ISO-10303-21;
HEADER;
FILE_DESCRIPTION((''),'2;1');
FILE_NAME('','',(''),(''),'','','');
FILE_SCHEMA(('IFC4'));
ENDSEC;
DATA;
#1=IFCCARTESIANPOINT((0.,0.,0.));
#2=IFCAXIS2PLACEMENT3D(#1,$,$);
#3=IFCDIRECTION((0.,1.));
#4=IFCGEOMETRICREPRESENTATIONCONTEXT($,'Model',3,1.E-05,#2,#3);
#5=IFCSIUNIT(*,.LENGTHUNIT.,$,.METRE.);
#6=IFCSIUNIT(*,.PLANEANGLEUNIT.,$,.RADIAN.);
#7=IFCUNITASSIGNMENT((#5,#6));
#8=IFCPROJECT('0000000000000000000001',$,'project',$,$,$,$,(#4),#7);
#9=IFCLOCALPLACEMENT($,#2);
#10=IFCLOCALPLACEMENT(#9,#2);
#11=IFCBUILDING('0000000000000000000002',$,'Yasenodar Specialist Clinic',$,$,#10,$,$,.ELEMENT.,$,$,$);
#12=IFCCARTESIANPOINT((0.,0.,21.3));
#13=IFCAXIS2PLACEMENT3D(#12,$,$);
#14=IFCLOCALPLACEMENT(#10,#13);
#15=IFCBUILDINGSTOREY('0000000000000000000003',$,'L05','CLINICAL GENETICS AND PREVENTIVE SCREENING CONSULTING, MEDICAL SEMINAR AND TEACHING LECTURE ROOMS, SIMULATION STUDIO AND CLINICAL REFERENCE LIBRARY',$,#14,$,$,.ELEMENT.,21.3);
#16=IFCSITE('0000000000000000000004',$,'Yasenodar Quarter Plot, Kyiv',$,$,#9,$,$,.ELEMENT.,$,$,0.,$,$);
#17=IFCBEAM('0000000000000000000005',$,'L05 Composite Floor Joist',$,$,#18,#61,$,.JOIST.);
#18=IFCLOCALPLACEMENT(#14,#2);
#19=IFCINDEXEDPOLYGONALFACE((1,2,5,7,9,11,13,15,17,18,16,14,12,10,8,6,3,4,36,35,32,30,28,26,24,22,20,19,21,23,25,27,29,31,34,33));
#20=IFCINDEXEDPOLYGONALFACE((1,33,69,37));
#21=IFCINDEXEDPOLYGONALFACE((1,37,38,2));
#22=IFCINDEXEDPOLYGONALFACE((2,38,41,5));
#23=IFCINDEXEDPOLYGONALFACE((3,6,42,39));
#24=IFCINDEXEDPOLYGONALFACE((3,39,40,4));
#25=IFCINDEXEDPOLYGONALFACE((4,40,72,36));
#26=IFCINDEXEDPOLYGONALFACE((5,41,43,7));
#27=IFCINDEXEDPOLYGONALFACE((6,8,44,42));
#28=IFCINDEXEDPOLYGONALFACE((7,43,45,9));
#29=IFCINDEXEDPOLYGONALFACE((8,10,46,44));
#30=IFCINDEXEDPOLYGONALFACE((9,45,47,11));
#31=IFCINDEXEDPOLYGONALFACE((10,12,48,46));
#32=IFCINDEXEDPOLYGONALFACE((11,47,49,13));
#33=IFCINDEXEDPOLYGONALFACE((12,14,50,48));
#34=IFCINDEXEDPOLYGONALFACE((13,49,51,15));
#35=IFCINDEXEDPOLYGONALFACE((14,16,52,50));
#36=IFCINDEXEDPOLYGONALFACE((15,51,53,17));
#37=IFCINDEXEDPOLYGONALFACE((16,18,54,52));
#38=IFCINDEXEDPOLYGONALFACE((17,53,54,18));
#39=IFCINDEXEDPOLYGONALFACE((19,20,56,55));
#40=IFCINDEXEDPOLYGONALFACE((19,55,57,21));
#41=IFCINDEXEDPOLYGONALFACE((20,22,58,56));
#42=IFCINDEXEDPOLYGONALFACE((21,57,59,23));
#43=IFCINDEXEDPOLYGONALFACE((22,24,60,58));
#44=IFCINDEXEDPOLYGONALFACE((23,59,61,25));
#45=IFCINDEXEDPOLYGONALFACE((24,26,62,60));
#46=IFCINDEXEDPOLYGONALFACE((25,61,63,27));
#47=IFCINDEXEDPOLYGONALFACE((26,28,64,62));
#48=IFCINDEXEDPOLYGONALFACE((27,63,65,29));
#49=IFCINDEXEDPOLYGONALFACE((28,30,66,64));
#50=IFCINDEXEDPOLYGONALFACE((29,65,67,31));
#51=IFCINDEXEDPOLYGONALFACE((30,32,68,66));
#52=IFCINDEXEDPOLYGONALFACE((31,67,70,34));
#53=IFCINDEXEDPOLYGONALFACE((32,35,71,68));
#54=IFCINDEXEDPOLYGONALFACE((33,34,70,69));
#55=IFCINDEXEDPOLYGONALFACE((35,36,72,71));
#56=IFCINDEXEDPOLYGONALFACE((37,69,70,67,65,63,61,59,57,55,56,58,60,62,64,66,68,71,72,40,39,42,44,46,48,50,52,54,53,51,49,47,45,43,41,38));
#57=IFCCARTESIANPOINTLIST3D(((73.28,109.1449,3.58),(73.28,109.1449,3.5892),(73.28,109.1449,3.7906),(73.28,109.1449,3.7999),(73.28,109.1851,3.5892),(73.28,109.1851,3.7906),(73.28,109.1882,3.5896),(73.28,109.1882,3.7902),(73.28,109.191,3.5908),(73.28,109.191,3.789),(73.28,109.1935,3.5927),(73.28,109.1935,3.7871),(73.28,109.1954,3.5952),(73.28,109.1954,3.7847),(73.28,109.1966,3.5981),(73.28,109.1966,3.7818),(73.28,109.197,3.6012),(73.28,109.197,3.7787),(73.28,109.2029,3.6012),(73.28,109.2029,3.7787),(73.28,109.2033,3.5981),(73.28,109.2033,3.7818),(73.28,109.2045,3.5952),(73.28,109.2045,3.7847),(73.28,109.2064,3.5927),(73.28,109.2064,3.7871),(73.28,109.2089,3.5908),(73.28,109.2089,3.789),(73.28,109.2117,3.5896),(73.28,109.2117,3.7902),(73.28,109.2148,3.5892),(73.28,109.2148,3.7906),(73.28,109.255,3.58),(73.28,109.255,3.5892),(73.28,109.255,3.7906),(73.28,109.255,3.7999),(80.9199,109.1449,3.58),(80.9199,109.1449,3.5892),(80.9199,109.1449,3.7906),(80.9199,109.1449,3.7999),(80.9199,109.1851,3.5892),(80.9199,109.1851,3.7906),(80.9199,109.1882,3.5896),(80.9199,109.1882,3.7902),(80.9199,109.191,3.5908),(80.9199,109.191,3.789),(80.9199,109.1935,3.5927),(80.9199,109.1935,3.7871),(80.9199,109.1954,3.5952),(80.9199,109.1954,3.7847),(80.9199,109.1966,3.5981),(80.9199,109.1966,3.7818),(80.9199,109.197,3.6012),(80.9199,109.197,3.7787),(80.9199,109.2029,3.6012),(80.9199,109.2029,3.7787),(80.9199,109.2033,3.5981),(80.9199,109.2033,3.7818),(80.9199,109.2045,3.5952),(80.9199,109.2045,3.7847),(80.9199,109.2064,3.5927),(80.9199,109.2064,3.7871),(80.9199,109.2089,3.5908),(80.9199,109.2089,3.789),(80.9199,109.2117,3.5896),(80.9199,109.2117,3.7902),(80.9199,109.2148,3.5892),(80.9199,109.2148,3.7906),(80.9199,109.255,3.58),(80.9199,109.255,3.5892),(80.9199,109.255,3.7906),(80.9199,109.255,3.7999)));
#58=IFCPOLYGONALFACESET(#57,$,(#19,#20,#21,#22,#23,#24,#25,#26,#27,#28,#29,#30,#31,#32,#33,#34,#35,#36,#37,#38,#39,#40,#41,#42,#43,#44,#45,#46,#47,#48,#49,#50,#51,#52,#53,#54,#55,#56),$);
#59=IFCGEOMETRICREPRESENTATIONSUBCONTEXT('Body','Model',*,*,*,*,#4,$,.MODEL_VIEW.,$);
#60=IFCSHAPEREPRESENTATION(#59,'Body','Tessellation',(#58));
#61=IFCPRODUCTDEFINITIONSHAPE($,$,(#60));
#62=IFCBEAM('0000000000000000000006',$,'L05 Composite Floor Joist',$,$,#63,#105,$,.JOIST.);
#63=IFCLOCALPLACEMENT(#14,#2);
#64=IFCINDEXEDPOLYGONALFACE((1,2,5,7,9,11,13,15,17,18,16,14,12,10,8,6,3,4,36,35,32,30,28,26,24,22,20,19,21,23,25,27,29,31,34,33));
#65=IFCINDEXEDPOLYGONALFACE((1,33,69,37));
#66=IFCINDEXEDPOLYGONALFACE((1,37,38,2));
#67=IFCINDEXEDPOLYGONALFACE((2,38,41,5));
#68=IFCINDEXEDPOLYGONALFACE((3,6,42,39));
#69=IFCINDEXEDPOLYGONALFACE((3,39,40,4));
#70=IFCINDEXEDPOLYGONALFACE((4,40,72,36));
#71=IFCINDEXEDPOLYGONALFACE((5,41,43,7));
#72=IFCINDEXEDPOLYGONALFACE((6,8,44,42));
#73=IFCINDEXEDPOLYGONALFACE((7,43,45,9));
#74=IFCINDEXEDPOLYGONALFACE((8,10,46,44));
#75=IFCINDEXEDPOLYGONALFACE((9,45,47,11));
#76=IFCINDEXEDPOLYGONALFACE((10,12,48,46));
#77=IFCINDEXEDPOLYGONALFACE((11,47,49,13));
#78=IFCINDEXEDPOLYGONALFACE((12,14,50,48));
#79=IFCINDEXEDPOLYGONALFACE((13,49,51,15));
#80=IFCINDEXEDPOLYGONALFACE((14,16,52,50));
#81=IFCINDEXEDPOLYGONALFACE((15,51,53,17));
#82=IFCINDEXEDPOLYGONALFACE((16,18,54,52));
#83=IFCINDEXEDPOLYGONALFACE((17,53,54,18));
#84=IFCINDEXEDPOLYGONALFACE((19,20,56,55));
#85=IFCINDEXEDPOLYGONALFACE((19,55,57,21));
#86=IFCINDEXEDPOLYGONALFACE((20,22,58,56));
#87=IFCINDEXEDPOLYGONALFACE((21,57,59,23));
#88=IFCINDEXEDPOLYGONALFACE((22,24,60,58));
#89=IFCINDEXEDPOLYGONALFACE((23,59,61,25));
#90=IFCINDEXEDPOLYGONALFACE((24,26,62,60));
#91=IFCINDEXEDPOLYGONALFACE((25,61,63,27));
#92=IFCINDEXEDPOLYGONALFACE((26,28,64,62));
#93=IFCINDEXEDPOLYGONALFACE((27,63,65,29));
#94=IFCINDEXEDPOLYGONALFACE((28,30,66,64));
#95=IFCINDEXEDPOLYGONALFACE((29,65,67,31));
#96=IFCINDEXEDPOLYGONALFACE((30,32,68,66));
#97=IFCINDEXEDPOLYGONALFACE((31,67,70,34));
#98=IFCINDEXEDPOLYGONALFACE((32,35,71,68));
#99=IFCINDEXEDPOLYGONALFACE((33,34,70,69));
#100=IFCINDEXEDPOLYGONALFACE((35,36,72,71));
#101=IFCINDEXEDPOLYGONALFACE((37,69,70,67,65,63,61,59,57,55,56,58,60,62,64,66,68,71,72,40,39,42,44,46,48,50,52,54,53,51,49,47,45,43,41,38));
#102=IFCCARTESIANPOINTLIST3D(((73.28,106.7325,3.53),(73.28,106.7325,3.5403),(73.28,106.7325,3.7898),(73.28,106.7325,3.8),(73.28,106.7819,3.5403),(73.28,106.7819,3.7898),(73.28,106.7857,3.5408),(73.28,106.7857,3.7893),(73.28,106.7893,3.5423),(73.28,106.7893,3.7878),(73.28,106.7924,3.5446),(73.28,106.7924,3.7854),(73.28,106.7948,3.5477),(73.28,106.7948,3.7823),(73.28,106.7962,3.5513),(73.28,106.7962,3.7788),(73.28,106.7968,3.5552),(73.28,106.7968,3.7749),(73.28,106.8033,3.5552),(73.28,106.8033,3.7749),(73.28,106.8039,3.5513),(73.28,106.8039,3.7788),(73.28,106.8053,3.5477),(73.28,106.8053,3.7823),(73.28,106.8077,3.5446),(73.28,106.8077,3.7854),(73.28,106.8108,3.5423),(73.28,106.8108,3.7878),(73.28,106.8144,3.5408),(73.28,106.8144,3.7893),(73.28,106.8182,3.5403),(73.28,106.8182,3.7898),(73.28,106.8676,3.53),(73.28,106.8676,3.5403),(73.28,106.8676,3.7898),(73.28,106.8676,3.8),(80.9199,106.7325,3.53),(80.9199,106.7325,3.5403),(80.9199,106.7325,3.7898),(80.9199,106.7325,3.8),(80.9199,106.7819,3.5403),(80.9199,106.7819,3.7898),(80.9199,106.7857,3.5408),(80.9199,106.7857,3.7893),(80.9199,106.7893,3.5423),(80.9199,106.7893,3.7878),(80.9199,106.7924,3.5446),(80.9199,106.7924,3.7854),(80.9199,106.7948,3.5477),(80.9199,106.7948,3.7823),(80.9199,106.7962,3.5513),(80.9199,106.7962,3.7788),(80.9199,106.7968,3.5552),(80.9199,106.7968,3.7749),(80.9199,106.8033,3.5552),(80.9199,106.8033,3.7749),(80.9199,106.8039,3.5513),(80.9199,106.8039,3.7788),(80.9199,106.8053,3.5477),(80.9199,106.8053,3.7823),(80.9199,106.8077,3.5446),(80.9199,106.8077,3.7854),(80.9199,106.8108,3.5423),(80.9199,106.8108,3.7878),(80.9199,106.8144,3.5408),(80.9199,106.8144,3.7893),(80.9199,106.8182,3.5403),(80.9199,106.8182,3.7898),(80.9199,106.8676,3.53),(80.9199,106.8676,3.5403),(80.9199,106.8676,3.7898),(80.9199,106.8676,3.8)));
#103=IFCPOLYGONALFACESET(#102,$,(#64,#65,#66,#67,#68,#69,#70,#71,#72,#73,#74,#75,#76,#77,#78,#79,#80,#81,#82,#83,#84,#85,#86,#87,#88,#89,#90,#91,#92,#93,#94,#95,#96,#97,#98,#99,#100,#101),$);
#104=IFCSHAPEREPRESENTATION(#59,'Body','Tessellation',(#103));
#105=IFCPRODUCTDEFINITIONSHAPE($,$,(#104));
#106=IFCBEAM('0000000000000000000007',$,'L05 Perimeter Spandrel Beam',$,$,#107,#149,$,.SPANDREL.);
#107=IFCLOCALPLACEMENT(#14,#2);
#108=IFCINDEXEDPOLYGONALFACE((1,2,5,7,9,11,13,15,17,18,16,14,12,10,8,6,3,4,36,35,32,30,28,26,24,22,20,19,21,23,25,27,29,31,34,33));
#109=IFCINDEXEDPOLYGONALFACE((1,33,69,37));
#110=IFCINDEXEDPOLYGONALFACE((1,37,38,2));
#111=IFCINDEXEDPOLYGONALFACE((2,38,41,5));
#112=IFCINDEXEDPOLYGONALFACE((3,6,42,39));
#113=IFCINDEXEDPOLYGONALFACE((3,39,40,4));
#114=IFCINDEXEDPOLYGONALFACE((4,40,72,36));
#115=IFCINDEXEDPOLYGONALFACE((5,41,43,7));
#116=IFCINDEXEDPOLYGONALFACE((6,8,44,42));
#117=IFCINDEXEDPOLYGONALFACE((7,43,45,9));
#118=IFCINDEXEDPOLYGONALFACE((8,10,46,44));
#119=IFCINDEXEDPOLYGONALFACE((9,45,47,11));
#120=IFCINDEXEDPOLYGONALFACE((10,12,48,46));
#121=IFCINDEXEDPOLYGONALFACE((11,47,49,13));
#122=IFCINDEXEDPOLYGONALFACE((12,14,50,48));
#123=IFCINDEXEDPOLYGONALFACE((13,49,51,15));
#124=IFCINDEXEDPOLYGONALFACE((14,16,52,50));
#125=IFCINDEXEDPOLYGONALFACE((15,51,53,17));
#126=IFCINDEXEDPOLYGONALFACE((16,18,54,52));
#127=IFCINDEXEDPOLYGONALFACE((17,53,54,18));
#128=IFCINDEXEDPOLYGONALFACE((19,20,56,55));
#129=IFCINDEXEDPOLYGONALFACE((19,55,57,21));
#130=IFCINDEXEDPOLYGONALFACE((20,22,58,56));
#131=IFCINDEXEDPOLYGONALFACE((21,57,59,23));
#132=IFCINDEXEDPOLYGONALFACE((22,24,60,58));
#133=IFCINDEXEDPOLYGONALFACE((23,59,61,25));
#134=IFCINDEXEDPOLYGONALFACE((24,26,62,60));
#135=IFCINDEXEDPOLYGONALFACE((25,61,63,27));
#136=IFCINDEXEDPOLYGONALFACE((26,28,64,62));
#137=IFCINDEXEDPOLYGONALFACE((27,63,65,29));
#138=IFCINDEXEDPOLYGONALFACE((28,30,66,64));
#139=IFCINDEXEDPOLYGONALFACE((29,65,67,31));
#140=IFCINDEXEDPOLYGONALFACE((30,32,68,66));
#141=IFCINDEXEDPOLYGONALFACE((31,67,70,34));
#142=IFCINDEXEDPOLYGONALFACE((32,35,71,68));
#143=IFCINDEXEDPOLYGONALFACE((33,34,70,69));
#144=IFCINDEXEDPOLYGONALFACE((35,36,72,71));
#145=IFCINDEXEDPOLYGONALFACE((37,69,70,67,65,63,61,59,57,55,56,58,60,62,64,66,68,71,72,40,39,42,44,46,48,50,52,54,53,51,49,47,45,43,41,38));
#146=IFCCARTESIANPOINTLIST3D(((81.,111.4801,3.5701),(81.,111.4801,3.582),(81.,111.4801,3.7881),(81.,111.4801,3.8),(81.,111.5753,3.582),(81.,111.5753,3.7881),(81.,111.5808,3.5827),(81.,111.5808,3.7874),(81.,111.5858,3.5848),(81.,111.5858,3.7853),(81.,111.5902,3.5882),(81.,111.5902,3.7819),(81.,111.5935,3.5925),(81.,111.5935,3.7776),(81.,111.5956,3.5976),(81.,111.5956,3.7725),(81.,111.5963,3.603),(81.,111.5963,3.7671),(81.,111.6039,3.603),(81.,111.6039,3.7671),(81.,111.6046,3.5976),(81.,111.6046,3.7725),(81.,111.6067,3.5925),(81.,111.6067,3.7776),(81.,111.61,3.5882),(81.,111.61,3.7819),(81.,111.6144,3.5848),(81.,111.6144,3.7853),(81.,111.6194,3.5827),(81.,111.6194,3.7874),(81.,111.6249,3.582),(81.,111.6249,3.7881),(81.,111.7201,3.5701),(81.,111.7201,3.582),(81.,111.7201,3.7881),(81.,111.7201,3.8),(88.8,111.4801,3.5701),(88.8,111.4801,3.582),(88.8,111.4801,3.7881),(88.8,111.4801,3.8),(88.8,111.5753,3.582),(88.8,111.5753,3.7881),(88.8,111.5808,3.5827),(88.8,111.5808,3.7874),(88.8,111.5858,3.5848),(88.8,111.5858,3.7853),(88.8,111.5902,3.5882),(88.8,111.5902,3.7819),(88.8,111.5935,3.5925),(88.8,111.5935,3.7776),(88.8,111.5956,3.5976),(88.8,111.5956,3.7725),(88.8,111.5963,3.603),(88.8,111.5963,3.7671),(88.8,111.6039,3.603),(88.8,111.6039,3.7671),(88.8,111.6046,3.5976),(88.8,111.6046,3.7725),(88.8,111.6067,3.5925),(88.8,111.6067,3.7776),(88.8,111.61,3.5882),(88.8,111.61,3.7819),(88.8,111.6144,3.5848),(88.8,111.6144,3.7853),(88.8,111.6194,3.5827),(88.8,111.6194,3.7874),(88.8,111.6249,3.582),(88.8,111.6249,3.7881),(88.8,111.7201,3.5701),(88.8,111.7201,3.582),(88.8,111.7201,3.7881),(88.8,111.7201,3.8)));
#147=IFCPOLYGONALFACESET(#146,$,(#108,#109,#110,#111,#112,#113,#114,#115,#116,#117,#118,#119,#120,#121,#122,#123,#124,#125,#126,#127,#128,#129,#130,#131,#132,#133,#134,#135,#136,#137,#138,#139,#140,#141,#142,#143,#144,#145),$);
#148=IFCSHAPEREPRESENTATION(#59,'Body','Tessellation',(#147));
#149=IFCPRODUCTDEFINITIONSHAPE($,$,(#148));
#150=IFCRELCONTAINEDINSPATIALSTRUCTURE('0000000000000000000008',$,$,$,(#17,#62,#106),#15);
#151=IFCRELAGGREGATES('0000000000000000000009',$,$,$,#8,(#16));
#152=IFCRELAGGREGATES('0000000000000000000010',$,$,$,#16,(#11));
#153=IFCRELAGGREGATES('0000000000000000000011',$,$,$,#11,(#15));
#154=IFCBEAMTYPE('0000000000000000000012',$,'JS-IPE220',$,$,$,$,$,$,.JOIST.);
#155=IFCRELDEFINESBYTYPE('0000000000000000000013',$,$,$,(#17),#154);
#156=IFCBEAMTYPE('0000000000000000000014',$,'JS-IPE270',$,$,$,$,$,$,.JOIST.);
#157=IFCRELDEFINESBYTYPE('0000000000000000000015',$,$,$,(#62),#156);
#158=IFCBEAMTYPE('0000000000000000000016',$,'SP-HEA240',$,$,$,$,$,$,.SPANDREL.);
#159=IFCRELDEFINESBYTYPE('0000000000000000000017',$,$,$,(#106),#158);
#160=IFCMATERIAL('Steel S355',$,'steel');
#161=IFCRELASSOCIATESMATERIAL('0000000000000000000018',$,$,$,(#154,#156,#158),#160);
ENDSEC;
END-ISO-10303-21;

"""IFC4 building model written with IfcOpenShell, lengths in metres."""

from ifc_helpers import new_model, si_unit, direction, frame, origin, origin_2d, place, context, subcontext, project, spatial, i_section, extrude, material, material_profile, profile_set, type_object, element, save


model = new_model("IFC4")

# Units and contexts
model_context = context("Model", 3, precision=1e-05, world=origin(), true_north=direction((0.0, 1.0)))
body_context = subcontext(model_context, "Body", "Model", "MODEL_VIEW")
ifc_project = project(units=[si_unit("LENGTHUNIT", "METRE"), si_unit("PLANEANGLEUNIT", "RADIAN")], contexts=[model_context])

# Site, building, storey
site_placement = place(None, origin())
site = spatial("IfcSite", under=ifc_project, at=site_placement, Name="Yasenodar Quarter Plot, Kyiv", CompositionType="ELEMENT", RefElevation=0.0)
building_placement = place(site_placement, origin())
building = spatial("IfcBuilding", under=site, at=building_placement, Name="Yasenodar Specialist Clinic", CompositionType="ELEMENT")
storey_placement = place(building_placement, frame((0.0, 0.0, 21.3)))
storey = spatial("IfcBuildingStorey", under=building, at=storey_placement, Name="L05", Description="CLINICAL GENETICS AND PREVENTIVE SCREENING CONSULTING, MEDICAL SEMINAR AND TEACHING LECTURE ROOMS, SIMULATION STUDIO AND CLINICAL REFERENCE LIBRARY", CompositionType="ELEMENT", Elevation=21.3)

# Shared definitions
ifc_material_1 = material(Name="Steel S355", Category="steel")

# Beams
ifc_material_profile_1 = material_profile(ifc_material_1, i_section(OverallWidth=0.1101, OverallDepth=0.22, WebThickness=0.0059, FlangeThickness=0.0093, FilletRadius=0.012, at=origin_2d()), Name="IPE 220")
ifc_profile_set_1 = profile_set([ifc_material_profile_1], Name="Steel S355")
beam_type_1 = type_object("IfcBeamType", Name="JS-IPE220", PredefinedType="JOIST", material=ifc_profile_set_1)
beam_1_placement = place(storey_placement, frame((73.28, 109.2, 3.6899), z_axis=(1.0, 0.0, 0.0), x_axis=(0.0, 1.0, 0.0)))
element("IfcBeam", 1, at=beam_1_placement, inside=storey, type_object=beam_type_1, Name="L05 Composite Floor Joist", PredefinedType="JOIST", context=body_context, shape_type="SweptSolid", body=[
    extrude(i_section(OverallWidth=0.1101, OverallDepth=0.22, WebThickness=0.0059, FlangeThickness=0.0093, FilletRadius=0.012, at=origin_2d()), origin(), (0.0, 0.0, 1.0), 7.6399),
])
ifc_material_profile_2 = material_profile(ifc_material_1, i_section(OverallWidth=0.135, OverallDepth=0.27, WebThickness=0.0066, FlangeThickness=0.0103, FilletRadius=0.0149, at=origin_2d()), Name="IPE 270")
ifc_profile_set_2 = profile_set([ifc_material_profile_2], Name="Steel S355")
beam_type_2 = type_object("IfcBeamType", Name="JS-IPE270", PredefinedType="JOIST", material=ifc_profile_set_2)
beam_2_placement = place(storey_placement, frame((73.28, 106.8, 3.665), z_axis=(1.0, 0.0, 0.0), x_axis=(0.0, 1.0, 0.0)))
element("IfcBeam", 2, at=beam_2_placement, inside=storey, type_object=beam_type_2, Name="L05 Composite Floor Joist", PredefinedType="JOIST", context=body_context, shape_type="SweptSolid", body=[
    extrude(i_section(OverallWidth=0.135, OverallDepth=0.27, WebThickness=0.0066, FlangeThickness=0.0103, FilletRadius=0.0149, at=origin_2d()), origin(), (0.0, 0.0, 1.0), 7.6399),
])
ifc_material_profile_3 = material_profile(ifc_material_1, i_section(OverallWidth=0.24, OverallDepth=0.23, WebThickness=0.0076, FlangeThickness=0.012, FilletRadius=0.021, at=origin_2d()), Name="HEA 240")
ifc_profile_set_3 = profile_set([ifc_material_profile_3], Name="Steel S355")
beam_type_3 = type_object("IfcBeamType", Name="SP-HEA240", PredefinedType="SPANDREL", material=ifc_profile_set_3)
beam_3_placement = place(storey_placement, frame((81.0, 111.6001, 3.6851), z_axis=(1.0, 0.0, 0.0), x_axis=(0.0, 1.0, 0.0)))
element("IfcBeam", 3, at=beam_3_placement, inside=storey, type_object=beam_type_3, Name="L05 Perimeter Spandrel Beam", PredefinedType="SPANDREL", context=body_context, shape_type="SweptSolid", body=[
    extrude(i_section(OverallWidth=0.24, OverallDepth=0.23, WebThickness=0.0076, FlangeThickness=0.012, FilletRadius=0.021, at=origin_2d()), origin(), (0.0, 0.0, 1.0), 7.8),
])

save(model, "model.ifc")
